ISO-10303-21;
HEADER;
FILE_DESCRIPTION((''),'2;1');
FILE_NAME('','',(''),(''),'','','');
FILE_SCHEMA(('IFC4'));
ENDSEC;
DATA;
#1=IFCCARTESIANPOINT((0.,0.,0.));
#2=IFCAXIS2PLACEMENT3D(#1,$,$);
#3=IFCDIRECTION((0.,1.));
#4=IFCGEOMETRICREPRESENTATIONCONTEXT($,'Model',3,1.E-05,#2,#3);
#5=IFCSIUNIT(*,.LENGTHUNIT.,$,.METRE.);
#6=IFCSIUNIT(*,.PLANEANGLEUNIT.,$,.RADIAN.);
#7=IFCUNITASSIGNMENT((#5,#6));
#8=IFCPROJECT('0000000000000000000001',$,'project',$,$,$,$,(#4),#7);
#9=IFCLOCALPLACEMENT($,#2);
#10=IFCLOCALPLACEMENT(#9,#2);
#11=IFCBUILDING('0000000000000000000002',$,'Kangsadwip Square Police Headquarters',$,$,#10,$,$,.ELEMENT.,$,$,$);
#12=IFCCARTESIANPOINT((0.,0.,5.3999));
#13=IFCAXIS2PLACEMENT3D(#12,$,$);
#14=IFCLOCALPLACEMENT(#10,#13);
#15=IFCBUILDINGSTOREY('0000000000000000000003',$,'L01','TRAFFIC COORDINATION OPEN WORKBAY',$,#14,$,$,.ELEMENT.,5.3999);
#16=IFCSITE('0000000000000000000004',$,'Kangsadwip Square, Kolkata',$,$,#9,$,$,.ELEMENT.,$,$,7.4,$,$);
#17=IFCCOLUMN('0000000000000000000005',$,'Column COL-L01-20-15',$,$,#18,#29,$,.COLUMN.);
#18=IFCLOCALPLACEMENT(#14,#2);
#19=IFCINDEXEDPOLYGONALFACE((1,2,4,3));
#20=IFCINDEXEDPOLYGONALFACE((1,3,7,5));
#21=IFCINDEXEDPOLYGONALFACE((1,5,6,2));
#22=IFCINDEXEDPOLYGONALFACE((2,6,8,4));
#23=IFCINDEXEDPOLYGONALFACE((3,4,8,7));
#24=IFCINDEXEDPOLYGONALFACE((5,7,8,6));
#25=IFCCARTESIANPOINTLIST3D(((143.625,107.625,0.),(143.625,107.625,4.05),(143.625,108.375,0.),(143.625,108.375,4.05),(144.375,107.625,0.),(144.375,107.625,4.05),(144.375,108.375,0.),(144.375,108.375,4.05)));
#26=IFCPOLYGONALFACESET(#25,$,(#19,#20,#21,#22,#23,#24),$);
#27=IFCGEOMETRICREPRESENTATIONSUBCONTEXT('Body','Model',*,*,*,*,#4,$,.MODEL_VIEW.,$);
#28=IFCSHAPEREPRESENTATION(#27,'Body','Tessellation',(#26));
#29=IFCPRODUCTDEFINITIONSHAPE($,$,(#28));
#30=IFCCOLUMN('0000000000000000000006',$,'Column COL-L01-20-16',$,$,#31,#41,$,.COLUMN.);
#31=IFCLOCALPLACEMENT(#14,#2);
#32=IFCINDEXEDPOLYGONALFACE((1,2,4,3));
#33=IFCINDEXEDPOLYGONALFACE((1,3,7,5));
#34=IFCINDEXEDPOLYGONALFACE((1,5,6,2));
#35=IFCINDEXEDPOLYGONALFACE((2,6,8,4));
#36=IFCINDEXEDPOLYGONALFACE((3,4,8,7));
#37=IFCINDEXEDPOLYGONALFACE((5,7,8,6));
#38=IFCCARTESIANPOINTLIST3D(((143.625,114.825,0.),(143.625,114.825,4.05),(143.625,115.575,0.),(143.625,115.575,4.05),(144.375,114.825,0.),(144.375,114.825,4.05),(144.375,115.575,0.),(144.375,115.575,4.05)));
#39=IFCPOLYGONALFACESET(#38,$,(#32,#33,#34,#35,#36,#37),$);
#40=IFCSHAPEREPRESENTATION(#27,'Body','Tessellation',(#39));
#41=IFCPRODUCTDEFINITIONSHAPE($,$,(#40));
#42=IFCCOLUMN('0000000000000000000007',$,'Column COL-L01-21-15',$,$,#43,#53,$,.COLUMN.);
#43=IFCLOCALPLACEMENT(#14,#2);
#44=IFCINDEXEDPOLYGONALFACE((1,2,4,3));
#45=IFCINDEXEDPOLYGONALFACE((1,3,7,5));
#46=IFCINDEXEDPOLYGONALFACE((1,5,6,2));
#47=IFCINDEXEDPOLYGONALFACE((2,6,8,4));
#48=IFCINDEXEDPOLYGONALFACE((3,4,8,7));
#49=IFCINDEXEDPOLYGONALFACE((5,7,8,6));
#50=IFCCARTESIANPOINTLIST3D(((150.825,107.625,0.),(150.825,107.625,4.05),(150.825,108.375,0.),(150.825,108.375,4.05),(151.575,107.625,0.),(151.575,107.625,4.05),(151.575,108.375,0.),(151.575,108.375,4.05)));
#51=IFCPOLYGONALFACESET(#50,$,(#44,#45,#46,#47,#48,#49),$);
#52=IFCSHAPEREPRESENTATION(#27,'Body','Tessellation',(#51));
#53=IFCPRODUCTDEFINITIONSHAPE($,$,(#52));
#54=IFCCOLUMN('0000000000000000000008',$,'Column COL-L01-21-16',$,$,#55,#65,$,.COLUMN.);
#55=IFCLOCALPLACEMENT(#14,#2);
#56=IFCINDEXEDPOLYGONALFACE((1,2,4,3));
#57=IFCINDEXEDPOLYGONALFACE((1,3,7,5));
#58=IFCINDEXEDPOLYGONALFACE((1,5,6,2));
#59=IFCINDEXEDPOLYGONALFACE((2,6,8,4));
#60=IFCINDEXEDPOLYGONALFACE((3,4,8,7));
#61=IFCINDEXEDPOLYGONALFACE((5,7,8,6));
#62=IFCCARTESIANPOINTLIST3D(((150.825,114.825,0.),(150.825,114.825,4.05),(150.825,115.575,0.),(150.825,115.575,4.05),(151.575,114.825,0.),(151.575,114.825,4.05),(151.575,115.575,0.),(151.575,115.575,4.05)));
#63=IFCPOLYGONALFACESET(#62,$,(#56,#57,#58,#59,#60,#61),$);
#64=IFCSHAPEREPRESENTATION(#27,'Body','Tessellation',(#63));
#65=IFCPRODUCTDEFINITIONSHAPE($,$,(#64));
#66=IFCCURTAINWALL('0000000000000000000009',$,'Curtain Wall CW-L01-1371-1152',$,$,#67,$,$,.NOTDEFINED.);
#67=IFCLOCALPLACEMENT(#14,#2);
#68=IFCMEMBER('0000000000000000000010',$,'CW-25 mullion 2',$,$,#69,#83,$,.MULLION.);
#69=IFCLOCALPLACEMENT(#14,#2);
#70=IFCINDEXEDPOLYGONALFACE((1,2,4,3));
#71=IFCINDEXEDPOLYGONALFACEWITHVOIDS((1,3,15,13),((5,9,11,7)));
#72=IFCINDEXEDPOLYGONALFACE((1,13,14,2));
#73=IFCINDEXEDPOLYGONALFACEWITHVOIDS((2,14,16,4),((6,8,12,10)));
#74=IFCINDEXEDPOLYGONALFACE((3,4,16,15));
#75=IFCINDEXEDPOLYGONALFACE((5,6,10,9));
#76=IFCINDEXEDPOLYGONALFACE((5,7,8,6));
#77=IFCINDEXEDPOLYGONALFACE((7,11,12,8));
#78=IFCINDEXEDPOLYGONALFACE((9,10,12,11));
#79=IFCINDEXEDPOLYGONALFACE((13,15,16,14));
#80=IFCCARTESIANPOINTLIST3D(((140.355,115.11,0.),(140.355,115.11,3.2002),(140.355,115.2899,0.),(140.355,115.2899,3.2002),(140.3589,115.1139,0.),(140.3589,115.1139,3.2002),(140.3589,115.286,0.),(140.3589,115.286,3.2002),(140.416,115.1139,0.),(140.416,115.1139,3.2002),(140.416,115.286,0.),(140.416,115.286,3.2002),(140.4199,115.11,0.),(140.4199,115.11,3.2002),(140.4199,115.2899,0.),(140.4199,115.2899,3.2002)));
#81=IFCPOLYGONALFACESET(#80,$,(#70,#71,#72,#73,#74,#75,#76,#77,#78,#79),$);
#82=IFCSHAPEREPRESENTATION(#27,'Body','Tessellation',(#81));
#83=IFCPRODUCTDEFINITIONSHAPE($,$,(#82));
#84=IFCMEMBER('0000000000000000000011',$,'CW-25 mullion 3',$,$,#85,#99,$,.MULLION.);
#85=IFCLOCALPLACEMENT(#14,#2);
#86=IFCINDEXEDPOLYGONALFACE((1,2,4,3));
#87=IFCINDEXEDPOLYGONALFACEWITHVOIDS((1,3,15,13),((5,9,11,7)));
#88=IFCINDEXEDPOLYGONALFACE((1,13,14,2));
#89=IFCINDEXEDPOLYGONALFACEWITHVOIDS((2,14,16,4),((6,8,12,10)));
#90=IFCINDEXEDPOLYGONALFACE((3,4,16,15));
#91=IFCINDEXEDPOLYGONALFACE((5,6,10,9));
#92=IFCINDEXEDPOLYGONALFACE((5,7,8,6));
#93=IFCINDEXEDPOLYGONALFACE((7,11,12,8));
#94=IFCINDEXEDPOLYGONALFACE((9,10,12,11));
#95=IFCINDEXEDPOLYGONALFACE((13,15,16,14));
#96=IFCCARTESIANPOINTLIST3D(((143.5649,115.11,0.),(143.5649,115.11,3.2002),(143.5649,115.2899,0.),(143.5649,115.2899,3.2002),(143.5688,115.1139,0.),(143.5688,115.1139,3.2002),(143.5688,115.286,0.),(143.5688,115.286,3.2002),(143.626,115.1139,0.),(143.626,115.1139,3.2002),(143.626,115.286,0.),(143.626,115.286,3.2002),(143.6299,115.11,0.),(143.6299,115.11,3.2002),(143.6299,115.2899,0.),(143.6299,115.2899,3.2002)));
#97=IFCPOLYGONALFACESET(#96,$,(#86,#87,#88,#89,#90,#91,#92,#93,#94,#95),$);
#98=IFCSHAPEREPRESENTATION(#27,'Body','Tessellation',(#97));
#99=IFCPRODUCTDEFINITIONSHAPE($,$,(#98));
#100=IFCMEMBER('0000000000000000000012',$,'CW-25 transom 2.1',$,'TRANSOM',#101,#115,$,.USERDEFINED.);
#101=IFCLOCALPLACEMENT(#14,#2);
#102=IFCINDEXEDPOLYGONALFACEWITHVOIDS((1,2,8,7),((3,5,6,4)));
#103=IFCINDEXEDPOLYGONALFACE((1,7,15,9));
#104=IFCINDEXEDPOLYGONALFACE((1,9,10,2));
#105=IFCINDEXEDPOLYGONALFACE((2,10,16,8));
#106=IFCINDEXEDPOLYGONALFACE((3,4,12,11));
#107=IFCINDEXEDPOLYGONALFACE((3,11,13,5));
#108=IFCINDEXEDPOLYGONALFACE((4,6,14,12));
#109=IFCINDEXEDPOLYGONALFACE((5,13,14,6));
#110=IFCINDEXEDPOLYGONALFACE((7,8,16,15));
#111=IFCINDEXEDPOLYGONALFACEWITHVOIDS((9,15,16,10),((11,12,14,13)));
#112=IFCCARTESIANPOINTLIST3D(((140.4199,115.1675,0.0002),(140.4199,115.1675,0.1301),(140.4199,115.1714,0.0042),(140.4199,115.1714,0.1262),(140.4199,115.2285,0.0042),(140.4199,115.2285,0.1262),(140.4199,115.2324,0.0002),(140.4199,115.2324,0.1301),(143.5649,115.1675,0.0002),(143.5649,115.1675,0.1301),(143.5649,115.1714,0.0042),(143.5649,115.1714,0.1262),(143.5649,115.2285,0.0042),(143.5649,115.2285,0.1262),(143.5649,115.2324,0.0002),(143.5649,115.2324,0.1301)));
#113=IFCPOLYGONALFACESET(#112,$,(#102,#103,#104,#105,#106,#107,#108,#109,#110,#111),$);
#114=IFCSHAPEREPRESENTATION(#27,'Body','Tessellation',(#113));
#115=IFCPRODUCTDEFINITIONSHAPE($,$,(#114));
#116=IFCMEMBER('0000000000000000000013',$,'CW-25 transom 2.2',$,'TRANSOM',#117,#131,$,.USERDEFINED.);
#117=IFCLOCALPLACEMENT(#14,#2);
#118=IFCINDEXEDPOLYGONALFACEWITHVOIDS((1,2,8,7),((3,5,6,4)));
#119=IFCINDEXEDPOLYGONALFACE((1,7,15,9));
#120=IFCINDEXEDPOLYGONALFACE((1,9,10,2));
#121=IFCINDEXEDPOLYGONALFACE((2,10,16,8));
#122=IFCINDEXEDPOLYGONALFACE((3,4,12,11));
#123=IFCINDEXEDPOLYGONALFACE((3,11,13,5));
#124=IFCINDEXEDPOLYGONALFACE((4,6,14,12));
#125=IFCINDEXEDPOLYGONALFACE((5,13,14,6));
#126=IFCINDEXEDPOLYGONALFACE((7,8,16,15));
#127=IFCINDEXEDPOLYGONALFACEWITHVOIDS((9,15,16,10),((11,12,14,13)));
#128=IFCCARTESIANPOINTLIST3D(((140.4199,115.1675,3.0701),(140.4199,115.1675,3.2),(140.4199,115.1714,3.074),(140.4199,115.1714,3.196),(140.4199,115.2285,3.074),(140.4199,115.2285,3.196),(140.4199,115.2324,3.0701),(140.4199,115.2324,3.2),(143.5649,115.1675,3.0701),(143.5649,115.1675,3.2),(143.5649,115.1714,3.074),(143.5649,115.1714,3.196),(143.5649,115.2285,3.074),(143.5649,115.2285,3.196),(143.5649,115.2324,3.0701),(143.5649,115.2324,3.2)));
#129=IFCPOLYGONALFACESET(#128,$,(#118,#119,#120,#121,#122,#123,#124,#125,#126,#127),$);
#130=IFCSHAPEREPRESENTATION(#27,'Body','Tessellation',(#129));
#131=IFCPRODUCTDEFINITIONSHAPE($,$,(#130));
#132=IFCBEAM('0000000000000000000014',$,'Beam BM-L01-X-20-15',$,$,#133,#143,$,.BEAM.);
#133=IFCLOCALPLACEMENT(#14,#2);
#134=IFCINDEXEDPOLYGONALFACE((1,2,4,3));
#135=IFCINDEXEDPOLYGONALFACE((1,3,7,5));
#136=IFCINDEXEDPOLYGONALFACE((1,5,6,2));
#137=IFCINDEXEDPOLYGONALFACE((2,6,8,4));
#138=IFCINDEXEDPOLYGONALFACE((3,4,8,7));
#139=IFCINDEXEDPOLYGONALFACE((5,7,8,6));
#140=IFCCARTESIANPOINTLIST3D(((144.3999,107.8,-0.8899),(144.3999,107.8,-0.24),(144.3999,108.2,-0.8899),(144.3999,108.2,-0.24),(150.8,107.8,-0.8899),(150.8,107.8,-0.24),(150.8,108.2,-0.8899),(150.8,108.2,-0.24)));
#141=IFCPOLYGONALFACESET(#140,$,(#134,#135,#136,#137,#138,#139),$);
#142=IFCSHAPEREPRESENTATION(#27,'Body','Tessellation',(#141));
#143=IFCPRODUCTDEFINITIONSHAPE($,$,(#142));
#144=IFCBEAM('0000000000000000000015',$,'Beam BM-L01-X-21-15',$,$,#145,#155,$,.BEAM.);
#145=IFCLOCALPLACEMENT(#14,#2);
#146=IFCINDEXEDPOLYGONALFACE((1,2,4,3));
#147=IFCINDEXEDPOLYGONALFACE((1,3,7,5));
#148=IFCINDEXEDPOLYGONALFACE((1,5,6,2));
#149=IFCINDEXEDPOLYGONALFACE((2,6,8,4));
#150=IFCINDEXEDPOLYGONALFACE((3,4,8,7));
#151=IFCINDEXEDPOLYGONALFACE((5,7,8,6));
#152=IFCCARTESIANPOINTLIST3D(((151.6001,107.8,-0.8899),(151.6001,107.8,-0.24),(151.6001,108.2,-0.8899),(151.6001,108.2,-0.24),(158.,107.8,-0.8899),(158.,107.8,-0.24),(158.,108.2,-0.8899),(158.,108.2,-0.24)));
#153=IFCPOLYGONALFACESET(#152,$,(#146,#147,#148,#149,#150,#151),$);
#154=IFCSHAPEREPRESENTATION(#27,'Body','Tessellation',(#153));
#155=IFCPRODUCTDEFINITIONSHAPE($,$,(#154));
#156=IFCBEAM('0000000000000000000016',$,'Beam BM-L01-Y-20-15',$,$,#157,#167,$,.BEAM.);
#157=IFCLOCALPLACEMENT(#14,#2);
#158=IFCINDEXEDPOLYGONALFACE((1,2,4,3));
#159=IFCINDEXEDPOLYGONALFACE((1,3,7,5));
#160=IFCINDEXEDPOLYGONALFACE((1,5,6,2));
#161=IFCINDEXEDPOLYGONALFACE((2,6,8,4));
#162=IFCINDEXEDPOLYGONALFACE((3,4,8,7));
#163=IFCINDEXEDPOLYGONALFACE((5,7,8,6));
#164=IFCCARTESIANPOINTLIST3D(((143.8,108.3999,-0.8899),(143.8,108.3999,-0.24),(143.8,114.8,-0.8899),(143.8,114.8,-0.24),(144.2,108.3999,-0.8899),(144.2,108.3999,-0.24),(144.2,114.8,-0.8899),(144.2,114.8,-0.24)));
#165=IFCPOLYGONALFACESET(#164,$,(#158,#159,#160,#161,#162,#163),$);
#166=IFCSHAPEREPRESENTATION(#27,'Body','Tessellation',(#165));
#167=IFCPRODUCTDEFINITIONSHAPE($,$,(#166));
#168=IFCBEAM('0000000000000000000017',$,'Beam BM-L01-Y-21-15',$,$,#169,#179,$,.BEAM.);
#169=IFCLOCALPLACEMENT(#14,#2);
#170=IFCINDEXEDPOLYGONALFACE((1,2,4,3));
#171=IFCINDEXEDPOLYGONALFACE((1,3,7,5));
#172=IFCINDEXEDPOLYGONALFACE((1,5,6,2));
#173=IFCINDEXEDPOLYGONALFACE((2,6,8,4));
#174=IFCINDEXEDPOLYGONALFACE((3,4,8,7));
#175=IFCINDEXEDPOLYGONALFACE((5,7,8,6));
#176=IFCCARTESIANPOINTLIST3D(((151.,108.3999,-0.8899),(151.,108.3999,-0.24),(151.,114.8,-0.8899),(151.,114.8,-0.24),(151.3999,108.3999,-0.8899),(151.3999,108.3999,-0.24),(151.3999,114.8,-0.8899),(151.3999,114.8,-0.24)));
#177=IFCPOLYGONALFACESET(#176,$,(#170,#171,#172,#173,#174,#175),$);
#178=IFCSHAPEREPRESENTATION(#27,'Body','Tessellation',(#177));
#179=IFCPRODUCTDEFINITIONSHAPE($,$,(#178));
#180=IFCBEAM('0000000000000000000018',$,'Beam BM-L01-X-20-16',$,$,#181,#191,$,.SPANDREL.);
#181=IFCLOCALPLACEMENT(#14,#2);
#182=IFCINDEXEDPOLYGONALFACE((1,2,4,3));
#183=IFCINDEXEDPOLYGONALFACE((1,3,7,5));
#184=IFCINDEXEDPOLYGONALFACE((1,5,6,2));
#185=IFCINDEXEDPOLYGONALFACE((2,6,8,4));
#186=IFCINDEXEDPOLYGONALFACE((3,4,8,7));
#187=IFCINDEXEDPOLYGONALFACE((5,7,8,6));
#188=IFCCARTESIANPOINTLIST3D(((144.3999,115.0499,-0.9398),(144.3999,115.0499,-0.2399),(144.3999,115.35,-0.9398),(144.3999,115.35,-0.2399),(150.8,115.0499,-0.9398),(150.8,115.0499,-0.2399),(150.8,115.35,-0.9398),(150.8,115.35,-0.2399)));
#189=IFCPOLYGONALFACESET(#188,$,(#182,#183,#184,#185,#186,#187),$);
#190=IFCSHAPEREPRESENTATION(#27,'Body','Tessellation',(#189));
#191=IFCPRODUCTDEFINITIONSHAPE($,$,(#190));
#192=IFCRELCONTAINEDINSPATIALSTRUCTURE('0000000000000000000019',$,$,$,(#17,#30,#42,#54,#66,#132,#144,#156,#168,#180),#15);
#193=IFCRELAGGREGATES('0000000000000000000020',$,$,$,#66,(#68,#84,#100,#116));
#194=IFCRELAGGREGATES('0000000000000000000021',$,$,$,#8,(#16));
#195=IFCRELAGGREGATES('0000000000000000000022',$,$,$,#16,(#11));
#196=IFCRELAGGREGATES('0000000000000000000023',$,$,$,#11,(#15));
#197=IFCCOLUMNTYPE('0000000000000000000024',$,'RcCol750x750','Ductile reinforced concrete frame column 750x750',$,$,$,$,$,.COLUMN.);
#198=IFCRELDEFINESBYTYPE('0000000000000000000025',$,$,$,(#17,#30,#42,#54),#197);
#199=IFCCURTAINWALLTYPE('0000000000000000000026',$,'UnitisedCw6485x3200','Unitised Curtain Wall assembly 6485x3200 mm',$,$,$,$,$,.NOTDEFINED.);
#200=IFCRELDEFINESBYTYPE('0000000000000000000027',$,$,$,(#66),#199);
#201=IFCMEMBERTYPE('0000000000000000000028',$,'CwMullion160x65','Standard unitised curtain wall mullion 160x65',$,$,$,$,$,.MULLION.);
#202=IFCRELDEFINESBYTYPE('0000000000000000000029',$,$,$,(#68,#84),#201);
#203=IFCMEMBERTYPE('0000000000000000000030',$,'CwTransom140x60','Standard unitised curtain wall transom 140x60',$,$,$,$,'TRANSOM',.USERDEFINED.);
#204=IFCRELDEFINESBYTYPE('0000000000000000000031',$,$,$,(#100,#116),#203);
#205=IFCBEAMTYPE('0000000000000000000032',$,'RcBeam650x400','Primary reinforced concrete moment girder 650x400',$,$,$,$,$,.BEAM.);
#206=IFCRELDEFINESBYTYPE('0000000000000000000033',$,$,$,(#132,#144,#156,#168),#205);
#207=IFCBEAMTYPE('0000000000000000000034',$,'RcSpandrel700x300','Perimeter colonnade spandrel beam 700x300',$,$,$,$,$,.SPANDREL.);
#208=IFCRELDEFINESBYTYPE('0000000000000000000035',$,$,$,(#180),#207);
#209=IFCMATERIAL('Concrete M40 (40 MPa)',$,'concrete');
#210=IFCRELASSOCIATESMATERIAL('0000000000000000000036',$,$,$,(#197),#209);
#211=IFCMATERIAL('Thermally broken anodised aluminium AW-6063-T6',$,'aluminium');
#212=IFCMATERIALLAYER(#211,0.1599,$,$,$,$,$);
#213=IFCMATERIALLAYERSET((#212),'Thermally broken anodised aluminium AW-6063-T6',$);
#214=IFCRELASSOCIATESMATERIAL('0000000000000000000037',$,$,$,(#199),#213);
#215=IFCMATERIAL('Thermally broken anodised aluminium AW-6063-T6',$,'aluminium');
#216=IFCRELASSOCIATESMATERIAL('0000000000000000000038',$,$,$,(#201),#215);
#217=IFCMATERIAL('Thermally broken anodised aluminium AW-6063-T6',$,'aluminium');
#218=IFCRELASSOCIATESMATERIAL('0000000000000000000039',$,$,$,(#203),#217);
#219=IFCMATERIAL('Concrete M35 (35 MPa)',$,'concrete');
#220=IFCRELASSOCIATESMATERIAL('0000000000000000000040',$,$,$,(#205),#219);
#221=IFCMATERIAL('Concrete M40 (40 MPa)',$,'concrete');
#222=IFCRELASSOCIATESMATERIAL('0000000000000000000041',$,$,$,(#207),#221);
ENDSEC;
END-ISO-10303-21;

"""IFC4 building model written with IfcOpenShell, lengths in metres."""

from ifc_helpers import new_model, si_unit, direction, frame, origin, origin_2d, place, context, subcontext, project, spatial, rectangle, hollow_rectangle, extrude, material, layer, layer_set, material_profile, profile_set, type_object, element, aggregate, save


model = new_model("IFC4")

# Units and contexts
model_context = context("Model", 3, precision=1e-05, world=origin(), true_north=direction((0.0, 1.0)))
body_context = subcontext(model_context, "Body", "Model", "MODEL_VIEW")
ifc_project = project(units=[si_unit("LENGTHUNIT", "METRE"), si_unit("PLANEANGLEUNIT", "RADIAN")], contexts=[model_context])

# Site, building, storey
site_placement = place(None, origin())
site = spatial("IfcSite", under=ifc_project, at=site_placement, Name="Kangsadwip Square, Kolkata", CompositionType="ELEMENT", RefElevation=7.4)
building_placement = place(site_placement, origin())
building = spatial("IfcBuilding", under=site, at=building_placement, Name="Kangsadwip Square Police Headquarters", CompositionType="ELEMENT")
storey_placement = place(building_placement, frame((0.0, 0.0, 5.3999)))
storey = spatial("IfcBuildingStorey", under=building, at=storey_placement, Name="L01", Description="TRAFFIC COORDINATION OPEN WORKBAY", CompositionType="ELEMENT", Elevation=5.3999)

# Columns
ifc_material_1 = material(Name="Concrete M40 (40 MPa)", Category="concrete")
ifc_material_profile_1 = material_profile(ifc_material_1, rectangle(XDim=0.75, YDim=0.75, at=origin_2d()), Name="RC COL 750X750")
ifc_profile_set_1 = profile_set([ifc_material_profile_1], Name="Concrete M40 (40 MPa)")
column_type = type_object("IfcColumnType", Name="RcCol750x750", Description="Ductile reinforced concrete frame column 750x750", PredefinedType="COLUMN", material=ifc_profile_set_1)
for number, where, z_axis, x_axis, name in (
    (1, (144.0, 108.0, 0.0), (0.0, 0.0, 1.0), (1.0, 0.0, 0.0), "Column COL-L01-20-15"),
    (2, (144.0, 115.2, 0.0), (0.0, 0.0, 1.0), (1.0, 0.0, 0.0), "Column COL-L01-20-16"),
    (3, (151.2, 108.0, 0.0), (0.0, 0.0, 1.0), (1.0, 0.0, 0.0), "Column COL-L01-21-15"),
    (4, (151.2, 115.2, 0.0), (0.0, 0.0, 1.0), (1.0, 0.0, 0.0), "Column COL-L01-21-16"),
):
    element("IfcColumn", number, at=place(storey_placement, frame(where, z_axis=z_axis, x_axis=x_axis)), inside=storey, type_object=column_type, Name=name, PredefinedType="COLUMN", context=body_context, shape_type="SweptSolid", body=[
        extrude(rectangle(XDim=0.75, YDim=0.75, at=origin_2d()), origin(), (0.0, 0.0, 1.0), 4.05),
    ])

# Curtain wall, members
ifc_material_2 = material(Name="Thermally broken anodised aluminium AW-6063-T6", Category="aluminium")
ifc_layer_1 = layer(ifc_material_2, 0.1599)
ifc_layer_set_1 = layer_set([ifc_layer_1], Name="Thermally broken anodised aluminium AW-6063-T6")
curtain_wall_type = type_object("IfcCurtainWallType", Name="UnitisedCw6485x3200", Description="Unitised Curtain Wall assembly 6485x3200 mm", PredefinedType="NOTDEFINED", material=ifc_layer_set_1)
curtain_wall_placement = place(storey_placement, origin())
curtain_wall = element("IfcCurtainWall", 5, at=curtain_wall_placement, inside=storey, type_object=curtain_wall_type, Name="Curtain Wall CW-L01-1371-1152", PredefinedType="NOTDEFINED")
ifc_material_3 = material(Name="Thermally broken anodised aluminium AW-6063-T6", Category="aluminium")
ifc_material_profile_2 = material_profile(ifc_material_3, hollow_rectangle(XDim=0.0649, YDim=0.1799, WallThickness=0.0039, at=origin_2d()), Name="CWM 180X65X4")
ifc_profile_set_2 = profile_set([ifc_material_profile_2], Name="Thermally broken anodised aluminium AW-6063-T6")
member_type_1 = type_object("IfcMemberType", Name="CwMullion160x65", Description="Standard unitised curtain wall mullion 160x65", PredefinedType="MULLION", material=ifc_profile_set_2)
member_1_placement = place(storey_placement, frame((140.3875, 115.2, 0.0), z_axis=(0.0, 0.0, 1.0), x_axis=(1.0, 0.0, 0.0)))
member_1 = element("IfcMember", 6, at=member_1_placement, type_object=member_type_1, Name="CW-25 mullion 2", PredefinedType="MULLION", context=body_context, shape_type="SweptSolid", body=[
    extrude(hollow_rectangle(XDim=0.0649, YDim=0.1799, WallThickness=0.0039, at=origin_2d()), origin(), (0.0, 0.0, 1.0), 3.2002),
])
member_2_placement = place(storey_placement, frame((143.5974, 115.2, 0.0), z_axis=(0.0, 0.0, 1.0), x_axis=(1.0, 0.0, 0.0)))
member_2 = element("IfcMember", 7, at=member_2_placement, type_object=member_type_1, Name="CW-25 mullion 3", PredefinedType="MULLION", context=body_context, shape_type="SweptSolid", body=[
    extrude(hollow_rectangle(XDim=0.0649, YDim=0.1799, WallThickness=0.0039, at=origin_2d()), origin(), (0.0, 0.0, 1.0), 3.2002),
])
ifc_material_4 = material(Name="Thermally broken anodised aluminium AW-6063-T6", Category="aluminium")
ifc_material_profile_3 = material_profile(ifc_material_4, hollow_rectangle(XDim=0.0649, YDim=0.1299, WallThickness=0.0039, at=origin_2d()), Name="CWT 130X65X4")
ifc_profile_set_3 = profile_set([ifc_material_profile_3], Name="Thermally broken anodised aluminium AW-6063-T6")
member_type_2 = type_object("IfcMemberType", Name="CwTransom140x60", Description="Standard unitised curtain wall transom 140x60", ElementType="TRANSOM", PredefinedType="USERDEFINED", material=ifc_profile_set_3)
member_3_placement = place(storey_placement, frame((140.4199, 115.2, 0.0652), z_axis=(1.0, 0.0, 0.0), x_axis=(0.0, 1.0, 0.0)))
member_3 = element("IfcMember", 8, at=member_3_placement, type_object=member_type_2, Name="CW-25 transom 2.1", ObjectType="TRANSOM", PredefinedType="USERDEFINED", context=body_context, shape_type="SweptSolid", body=[
    extrude(hollow_rectangle(XDim=0.0649, YDim=0.1299, WallThickness=0.0039, at=origin_2d()), origin(), (0.0, 0.0, 1.0), 3.145),
])
member_4_placement = place(storey_placement, frame((140.4199, 115.2, 3.135), z_axis=(1.0, 0.0, 0.0), x_axis=(0.0, 1.0, 0.0)))
member_4 = element("IfcMember", 9, at=member_4_placement, type_object=member_type_2, Name="CW-25 transom 2.2", ObjectType="TRANSOM", PredefinedType="USERDEFINED", context=body_context, shape_type="SweptSolid", body=[
    extrude(hollow_rectangle(XDim=0.0649, YDim=0.1299, WallThickness=0.0039, at=origin_2d()), origin(), (0.0, 0.0, 1.0), 3.145),
])

# Beams
ifc_material_5 = material(Name="Concrete M35 (35 MPa)", Category="concrete")
ifc_material_profile_4 = material_profile(ifc_material_5, rectangle(XDim=0.3999, YDim=0.6499, at=origin_2d()), Name="RC BM 650X400")
ifc_profile_set_4 = profile_set([ifc_material_profile_4], Name="Concrete M35 (35 MPa)")
beam_type_1 = type_object("IfcBeamType", Name="RcBeam650x400", Description="Primary reinforced concrete moment girder 650x400", PredefinedType="BEAM", material=ifc_profile_set_4)
beam_1_placement = place(storey_placement, frame((144.3999, 108.0, -0.5649), z_axis=(1.0, 0.0, 0.0), x_axis=(0.0, 1.0, 0.0)))
element("IfcBeam", 10, at=beam_1_placement, inside=storey, type_object=beam_type_1, Name="Beam BM-L01-X-20-15", PredefinedType="BEAM", context=body_context, shape_type="SweptSolid", body=[
    extrude(rectangle(XDim=0.3999, YDim=0.6499, at=origin_2d()), origin(), (0.0, 0.0, 1.0), 6.4001),
])
beam_2_placement = place(storey_placement, frame((151.6001, 108.0, -0.5649), z_axis=(1.0, 0.0, 0.0), x_axis=(0.0, 1.0, 0.0)))
element("IfcBeam", 11, at=beam_2_placement, inside=storey, type_object=beam_type_1, Name="Beam BM-L01-X-21-15", PredefinedType="BEAM", context=body_context, shape_type="SweptSolid", body=[
    extrude(rectangle(XDim=0.3999, YDim=0.6499, at=origin_2d()), origin(), (0.0, 0.0, 1.0), 6.3999),
])
for number, where, z_axis, x_axis, name in (
    (12, (144.0, 108.3999, -0.5649), (0.0, 1.0, 0.0), (-1.0, 0.0, 0.0), "Beam BM-L01-Y-20-15"),
    (13, (151.2, 108.3999, -0.5649), (0.0, 1.0, 0.0), (-1.0, 0.0, 0.0), "Beam BM-L01-Y-21-15"),
):
    element("IfcBeam", number, at=place(storey_placement, frame(where, z_axis=z_axis, x_axis=x_axis)), inside=storey, type_object=beam_type_1, Name=name, PredefinedType="BEAM", context=body_context, shape_type="SweptSolid", body=[
        extrude(rectangle(XDim=0.3999, YDim=0.6499, at=origin_2d()), origin(), (0.0, 0.0, 1.0), 6.4001),
    ])
ifc_material_6 = material(Name="Concrete M40 (40 MPa)", Category="concrete")
ifc_material_profile_5 = material_profile(ifc_material_6, rectangle(XDim=0.3, YDim=0.7, at=origin_2d()), Name="RC SPN 700X300")
ifc_profile_set_5 = profile_set([ifc_material_profile_5], Name="Concrete M40 (40 MPa)")
beam_type_2 = type_object("IfcBeamType", Name="RcSpandrel700x300", Description="Perimeter colonnade spandrel beam 700x300", PredefinedType="SPANDREL", material=ifc_profile_set_5)
beam_3_placement = place(storey_placement, frame((144.3999, 115.2, -0.5898), z_axis=(1.0, 0.0, 0.0), x_axis=(0.0, 1.0, 0.0)))
element("IfcBeam", 14, at=beam_3_placement, inside=storey, type_object=beam_type_2, Name="Beam BM-L01-X-20-16", PredefinedType="SPANDREL", context=body_context, shape_type="SweptSolid", body=[
    extrude(rectangle(XDim=0.3, YDim=0.7, at=origin_2d()), origin(), (0.0, 0.0, 1.0), 6.4001),
])

aggregate(curtain_wall, [member_1, member_2, member_3, member_4])

save(model, "model.ifc")
